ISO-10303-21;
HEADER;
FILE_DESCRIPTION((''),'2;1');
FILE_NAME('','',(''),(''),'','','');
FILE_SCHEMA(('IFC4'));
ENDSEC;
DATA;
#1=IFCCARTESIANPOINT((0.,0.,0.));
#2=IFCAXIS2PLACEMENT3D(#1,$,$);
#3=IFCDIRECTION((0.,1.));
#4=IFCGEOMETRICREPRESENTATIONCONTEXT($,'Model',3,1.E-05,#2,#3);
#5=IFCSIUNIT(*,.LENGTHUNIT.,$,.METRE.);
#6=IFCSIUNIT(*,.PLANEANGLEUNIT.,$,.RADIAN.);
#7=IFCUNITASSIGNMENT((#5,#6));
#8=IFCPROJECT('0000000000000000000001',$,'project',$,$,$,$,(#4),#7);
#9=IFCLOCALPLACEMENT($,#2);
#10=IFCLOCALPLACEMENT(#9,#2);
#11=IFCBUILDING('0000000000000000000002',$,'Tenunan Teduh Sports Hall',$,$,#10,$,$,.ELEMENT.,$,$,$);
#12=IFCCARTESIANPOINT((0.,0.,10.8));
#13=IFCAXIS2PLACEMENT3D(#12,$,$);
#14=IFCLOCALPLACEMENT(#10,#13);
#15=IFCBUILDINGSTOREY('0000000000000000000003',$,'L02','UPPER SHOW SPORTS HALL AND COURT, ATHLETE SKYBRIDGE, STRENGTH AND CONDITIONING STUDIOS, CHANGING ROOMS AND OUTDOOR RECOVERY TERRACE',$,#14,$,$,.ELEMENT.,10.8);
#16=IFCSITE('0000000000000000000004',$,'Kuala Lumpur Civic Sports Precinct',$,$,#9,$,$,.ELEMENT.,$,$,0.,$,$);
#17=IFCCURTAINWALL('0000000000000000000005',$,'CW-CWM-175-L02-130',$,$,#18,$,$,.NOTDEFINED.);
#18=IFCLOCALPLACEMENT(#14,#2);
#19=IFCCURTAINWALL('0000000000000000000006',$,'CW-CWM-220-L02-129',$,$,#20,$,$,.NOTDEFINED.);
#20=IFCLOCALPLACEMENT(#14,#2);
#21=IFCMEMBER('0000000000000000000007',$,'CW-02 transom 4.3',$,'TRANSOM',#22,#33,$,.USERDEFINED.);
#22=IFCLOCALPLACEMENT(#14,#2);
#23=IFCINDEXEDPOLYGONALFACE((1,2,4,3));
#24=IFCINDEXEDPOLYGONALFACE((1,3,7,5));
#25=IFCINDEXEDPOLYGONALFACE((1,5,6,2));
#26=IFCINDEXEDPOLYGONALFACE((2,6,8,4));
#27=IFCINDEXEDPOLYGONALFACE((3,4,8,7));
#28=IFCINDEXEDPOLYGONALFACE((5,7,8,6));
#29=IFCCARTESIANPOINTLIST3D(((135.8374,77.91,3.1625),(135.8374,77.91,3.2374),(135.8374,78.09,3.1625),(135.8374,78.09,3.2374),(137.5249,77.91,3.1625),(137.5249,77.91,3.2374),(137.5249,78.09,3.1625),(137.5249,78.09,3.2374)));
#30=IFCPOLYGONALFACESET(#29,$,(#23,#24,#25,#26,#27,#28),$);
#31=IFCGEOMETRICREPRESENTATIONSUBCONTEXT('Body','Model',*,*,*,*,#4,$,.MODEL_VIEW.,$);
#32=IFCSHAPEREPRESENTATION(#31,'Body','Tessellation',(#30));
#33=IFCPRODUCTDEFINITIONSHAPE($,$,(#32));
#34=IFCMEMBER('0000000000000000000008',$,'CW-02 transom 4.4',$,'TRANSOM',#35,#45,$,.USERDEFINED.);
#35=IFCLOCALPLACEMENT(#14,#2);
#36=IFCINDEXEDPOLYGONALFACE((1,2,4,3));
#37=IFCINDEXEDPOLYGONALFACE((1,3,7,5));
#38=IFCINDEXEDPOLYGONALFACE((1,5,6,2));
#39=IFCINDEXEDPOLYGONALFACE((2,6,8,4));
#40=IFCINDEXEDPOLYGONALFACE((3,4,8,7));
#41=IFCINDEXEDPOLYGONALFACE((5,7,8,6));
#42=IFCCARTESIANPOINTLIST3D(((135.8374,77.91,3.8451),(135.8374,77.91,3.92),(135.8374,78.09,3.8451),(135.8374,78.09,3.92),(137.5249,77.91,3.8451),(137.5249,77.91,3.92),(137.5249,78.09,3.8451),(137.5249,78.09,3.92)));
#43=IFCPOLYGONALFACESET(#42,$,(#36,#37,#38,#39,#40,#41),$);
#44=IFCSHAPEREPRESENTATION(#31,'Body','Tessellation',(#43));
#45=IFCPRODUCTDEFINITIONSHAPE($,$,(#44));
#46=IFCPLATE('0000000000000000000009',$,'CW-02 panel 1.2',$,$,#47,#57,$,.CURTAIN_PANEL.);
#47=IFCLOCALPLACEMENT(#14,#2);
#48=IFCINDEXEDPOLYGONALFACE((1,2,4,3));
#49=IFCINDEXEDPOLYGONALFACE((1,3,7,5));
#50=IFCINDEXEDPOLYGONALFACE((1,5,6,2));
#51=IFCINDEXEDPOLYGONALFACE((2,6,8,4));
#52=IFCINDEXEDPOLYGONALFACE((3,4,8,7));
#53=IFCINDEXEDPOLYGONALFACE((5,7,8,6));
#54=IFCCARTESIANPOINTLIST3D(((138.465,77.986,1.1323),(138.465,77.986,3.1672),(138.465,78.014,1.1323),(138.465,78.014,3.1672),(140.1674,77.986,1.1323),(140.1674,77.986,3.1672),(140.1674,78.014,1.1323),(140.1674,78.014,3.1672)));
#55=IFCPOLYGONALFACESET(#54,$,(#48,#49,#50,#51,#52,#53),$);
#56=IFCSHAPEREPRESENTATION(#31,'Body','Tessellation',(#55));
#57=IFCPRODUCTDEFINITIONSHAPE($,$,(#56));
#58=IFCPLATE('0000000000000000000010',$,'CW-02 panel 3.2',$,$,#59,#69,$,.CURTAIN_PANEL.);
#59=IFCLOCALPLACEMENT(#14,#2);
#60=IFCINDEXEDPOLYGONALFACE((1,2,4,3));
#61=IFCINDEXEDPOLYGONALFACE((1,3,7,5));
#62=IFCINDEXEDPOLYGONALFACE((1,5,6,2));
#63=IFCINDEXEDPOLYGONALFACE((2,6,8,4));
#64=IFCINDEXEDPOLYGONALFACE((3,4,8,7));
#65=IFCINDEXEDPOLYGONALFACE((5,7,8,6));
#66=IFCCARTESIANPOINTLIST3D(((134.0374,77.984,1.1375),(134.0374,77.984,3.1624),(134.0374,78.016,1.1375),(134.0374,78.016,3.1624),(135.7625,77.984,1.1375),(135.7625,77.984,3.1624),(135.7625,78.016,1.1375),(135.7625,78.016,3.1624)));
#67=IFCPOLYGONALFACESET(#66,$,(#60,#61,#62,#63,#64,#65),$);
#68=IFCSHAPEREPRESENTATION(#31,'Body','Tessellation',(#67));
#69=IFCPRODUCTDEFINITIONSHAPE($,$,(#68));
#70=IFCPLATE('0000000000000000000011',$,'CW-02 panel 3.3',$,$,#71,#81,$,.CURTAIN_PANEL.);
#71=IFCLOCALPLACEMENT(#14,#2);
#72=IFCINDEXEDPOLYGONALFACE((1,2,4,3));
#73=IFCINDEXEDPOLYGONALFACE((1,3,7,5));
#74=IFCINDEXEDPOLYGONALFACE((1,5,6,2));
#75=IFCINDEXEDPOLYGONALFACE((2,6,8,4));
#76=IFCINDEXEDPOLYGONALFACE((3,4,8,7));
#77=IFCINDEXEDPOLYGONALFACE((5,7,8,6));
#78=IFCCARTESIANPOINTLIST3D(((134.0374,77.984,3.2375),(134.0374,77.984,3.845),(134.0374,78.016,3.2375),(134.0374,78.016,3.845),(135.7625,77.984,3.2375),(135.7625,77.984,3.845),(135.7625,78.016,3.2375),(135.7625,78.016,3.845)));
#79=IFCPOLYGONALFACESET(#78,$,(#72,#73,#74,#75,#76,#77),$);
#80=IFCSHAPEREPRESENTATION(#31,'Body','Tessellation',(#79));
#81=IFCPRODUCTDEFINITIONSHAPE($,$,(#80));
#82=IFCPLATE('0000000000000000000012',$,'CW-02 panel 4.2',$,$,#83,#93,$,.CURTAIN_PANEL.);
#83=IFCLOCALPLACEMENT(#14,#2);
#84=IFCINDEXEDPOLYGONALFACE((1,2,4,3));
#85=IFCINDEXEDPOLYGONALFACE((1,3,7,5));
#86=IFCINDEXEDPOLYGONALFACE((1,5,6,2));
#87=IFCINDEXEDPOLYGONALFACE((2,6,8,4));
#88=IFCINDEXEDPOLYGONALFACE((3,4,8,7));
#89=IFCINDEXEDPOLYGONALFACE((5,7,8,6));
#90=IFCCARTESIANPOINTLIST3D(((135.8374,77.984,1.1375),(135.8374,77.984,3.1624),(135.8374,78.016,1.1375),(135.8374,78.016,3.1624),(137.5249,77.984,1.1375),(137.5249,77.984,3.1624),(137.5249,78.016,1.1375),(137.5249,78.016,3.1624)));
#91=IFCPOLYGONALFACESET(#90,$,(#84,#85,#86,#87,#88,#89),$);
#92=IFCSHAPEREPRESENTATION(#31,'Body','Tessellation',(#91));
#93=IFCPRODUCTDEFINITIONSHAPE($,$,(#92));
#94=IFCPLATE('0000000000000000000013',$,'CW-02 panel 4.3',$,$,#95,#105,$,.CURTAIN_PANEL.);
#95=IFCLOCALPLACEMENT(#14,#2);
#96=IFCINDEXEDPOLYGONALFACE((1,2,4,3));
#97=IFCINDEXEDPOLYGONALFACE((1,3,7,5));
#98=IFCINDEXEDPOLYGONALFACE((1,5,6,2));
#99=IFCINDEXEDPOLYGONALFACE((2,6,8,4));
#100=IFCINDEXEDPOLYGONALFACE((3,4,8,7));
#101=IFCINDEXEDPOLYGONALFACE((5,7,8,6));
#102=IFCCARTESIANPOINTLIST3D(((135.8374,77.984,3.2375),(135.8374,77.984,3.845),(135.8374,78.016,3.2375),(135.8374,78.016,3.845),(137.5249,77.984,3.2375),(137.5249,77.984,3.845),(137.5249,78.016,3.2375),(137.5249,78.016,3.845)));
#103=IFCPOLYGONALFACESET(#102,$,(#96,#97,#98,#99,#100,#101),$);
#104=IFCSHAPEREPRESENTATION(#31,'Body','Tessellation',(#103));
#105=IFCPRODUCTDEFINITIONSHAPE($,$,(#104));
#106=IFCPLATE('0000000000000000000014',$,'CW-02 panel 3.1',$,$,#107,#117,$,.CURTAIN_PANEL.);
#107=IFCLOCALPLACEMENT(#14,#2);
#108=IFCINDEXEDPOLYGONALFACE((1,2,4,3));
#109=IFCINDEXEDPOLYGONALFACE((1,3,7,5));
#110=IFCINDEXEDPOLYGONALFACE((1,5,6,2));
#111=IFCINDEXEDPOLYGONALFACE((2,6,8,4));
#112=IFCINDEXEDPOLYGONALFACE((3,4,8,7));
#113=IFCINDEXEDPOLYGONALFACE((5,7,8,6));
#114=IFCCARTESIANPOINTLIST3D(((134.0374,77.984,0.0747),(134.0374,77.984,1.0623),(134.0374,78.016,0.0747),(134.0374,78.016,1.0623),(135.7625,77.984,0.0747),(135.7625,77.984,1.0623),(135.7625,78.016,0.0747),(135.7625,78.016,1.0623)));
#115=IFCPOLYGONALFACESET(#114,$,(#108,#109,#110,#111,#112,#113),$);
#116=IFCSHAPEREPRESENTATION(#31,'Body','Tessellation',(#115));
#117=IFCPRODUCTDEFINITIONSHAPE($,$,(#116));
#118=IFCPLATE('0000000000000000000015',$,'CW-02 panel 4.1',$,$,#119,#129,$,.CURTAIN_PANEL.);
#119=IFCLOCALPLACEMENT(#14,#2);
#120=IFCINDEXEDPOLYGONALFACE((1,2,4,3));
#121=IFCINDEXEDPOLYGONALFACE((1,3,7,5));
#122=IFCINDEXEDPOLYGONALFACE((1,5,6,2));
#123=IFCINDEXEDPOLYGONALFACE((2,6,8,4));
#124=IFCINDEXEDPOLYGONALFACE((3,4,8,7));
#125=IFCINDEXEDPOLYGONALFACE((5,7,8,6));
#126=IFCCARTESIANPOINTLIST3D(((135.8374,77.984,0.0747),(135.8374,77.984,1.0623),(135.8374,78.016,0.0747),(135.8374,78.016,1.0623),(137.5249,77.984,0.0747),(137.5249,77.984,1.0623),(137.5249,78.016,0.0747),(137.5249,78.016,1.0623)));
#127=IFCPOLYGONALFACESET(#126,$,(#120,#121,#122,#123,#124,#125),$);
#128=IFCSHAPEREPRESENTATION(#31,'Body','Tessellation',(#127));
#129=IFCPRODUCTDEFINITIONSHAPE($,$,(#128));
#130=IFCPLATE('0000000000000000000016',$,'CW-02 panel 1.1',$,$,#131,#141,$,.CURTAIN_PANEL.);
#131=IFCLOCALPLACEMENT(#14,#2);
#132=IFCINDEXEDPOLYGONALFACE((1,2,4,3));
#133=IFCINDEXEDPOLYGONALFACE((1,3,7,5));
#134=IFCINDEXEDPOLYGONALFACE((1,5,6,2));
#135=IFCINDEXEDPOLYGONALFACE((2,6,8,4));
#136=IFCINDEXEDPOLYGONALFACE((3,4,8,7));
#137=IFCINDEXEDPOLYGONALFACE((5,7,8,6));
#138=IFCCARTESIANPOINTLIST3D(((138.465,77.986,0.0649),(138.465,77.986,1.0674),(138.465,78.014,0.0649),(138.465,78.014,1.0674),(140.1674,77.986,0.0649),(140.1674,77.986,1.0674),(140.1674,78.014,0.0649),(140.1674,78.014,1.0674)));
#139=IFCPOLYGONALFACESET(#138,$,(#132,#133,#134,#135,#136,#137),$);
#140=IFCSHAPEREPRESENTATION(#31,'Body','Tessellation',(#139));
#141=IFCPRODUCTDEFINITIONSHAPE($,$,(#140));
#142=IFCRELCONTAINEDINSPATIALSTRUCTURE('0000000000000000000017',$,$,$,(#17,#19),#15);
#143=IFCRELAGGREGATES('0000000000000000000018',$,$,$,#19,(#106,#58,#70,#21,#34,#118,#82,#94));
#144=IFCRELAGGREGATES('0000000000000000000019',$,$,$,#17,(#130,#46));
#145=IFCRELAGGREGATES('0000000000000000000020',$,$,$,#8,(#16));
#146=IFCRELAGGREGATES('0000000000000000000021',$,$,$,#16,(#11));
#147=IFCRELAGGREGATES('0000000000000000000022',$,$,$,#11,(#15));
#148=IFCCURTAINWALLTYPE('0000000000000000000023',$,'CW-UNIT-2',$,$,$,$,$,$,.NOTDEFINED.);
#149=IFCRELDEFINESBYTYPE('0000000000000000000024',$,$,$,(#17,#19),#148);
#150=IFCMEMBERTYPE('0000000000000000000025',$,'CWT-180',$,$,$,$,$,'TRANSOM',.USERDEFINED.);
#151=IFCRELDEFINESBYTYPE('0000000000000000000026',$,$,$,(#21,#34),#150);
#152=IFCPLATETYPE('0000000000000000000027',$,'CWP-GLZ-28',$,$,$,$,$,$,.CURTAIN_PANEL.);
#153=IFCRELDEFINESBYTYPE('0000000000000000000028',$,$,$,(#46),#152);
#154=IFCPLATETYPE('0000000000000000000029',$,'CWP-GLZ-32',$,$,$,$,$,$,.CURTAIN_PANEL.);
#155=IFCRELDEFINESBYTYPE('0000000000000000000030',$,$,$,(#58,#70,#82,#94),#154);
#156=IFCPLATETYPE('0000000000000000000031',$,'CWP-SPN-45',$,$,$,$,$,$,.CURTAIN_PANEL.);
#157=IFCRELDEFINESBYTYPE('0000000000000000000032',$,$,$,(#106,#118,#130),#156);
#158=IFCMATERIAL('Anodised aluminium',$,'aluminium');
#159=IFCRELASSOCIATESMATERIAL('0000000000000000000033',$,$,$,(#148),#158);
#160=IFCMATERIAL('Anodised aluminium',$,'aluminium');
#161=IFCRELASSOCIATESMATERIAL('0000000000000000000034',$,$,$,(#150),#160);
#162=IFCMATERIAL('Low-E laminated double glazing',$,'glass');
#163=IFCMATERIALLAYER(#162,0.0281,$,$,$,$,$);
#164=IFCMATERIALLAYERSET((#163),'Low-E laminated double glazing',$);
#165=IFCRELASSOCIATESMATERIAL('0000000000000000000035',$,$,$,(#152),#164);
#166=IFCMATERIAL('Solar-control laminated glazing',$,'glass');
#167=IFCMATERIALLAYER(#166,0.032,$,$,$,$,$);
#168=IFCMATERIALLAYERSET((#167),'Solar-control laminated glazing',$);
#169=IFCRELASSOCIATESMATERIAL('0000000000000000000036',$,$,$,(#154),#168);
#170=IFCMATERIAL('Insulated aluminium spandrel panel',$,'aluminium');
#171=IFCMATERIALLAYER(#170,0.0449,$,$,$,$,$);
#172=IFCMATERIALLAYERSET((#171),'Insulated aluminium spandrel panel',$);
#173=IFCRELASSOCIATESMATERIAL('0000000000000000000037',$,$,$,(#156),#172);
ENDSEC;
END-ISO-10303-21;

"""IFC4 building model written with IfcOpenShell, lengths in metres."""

from ifc_helpers import new_model, si_unit, direction, frame, origin, origin_2d, place, context, subcontext, project, spatial, rectangle, extrude, material, layer, layer_set, material_profile, profile_set, type_object, element, aggregate, save


model = new_model("IFC4")

# Units and contexts
model_context = context("Model", 3, precision=1e-05, world=origin(), true_north=direction((0.0, 1.0)))
body_context = subcontext(model_context, "Body", "Model", "MODEL_VIEW")
ifc_project = project(units=[si_unit("LENGTHUNIT", "METRE"), si_unit("PLANEANGLEUNIT", "RADIAN")], contexts=[model_context])

# Site, building, storey
site_placement = place(None, origin())
site = spatial("IfcSite", under=ifc_project, at=site_placement, Name="Kuala Lumpur Civic Sports Precinct", CompositionType="ELEMENT", RefElevation=0.0)
building_placement = place(site_placement, origin())
building = spatial("IfcBuilding", under=site, at=building_placement, Name="Tenunan Teduh Sports Hall", CompositionType="ELEMENT")
storey_placement = place(building_placement, frame((0.0, 0.0, 10.8)))
storey = spatial("IfcBuildingStorey", under=building, at=storey_placement, Name="L02", Description="UPPER SHOW SPORTS HALL AND COURT, ATHLETE SKYBRIDGE, STRENGTH AND CONDITIONING STUDIOS, CHANGING ROOMS AND OUTDOOR RECOVERY TERRACE", CompositionType="ELEMENT", Elevation=10.8)

# Curtain wall
ifc_material_1 = material(Name="Anodised aluminium", Category="aluminium")
curtain_wall_type = type_object("IfcCurtainWallType", Name="CW-UNIT-2", PredefinedType="NOTDEFINED", material=ifc_material_1)
curtain_wall_1_placement = place(storey_placement, origin())
curtain_wall_1 = element("IfcCurtainWall", 1, at=curtain_wall_1_placement, inside=storey, type_object=curtain_wall_type, Name="CW-CWM-175-L02-130", PredefinedType="NOTDEFINED")

# Curtain wall
curtain_wall_2_placement = place(storey_placement, origin())
curtain_wall_2 = element("IfcCurtainWall", 2, at=curtain_wall_2_placement, inside=storey, type_object=curtain_wall_type, Name="CW-CWM-220-L02-129", PredefinedType="NOTDEFINED")

# Members
ifc_material_2 = material(Name="Anodised aluminium", Category="aluminium")
ifc_material_profile_1 = material_profile(ifc_material_2, rectangle(XDim=0.075, YDim=0.1799, at=origin_2d()), Name="CWT 75x180")
ifc_profile_set_1 = profile_set([ifc_material_profile_1], Name="Anodised aluminium")
member_type_1 = type_object("IfcMemberType", Name="CWT-180", ElementType="TRANSOM", PredefinedType="USERDEFINED", material=ifc_profile_set_1)
member_1_placement = place(storey_placement, frame((135.8374, 78.0, 3.2), z_axis=(1.0, 0.0, 0.0), x_axis=(0.0, 0.0, 1.0)))
member_1 = element("IfcMember", 3, at=member_1_placement, type_object=member_type_1, Name="CW-02 transom 4.3", ObjectType="TRANSOM", PredefinedType="USERDEFINED", context=body_context, shape_type="SweptSolid", body=[
    extrude(rectangle(XDim=0.075, YDim=0.1799, at=origin_2d()), origin(), (0.0, 0.0, 1.0), 1.6875),
])
member_2_placement = place(storey_placement, frame((135.8374, 78.0, 3.8826), z_axis=(1.0, 0.0, 0.0), x_axis=(0.0, 0.0, 1.0)))
member_2 = element("IfcMember", 4, at=member_2_placement, type_object=member_type_1, Name="CW-02 transom 4.4", ObjectType="TRANSOM", PredefinedType="USERDEFINED", context=body_context, shape_type="SweptSolid", body=[
    extrude(rectangle(XDim=0.075, YDim=0.1799, at=origin_2d()), origin(), (0.0, 0.0, 1.0), 1.6875),
])

# Plates
ifc_material_3 = material(Name="Low-E laminated double glazing", Category="glass")
ifc_layer_1 = layer(ifc_material_3, 0.0281)
ifc_layer_set_1 = layer_set([ifc_layer_1], Name="Low-E laminated double glazing")
plate_type_1 = type_object("IfcPlateType", Name="CWP-GLZ-28", PredefinedType="CURTAIN_PANEL", material=ifc_layer_set_1)
plate_1_placement = place(storey_placement, frame((139.3162, 78.0, 1.1323), z_axis=(0.0, 0.0, 1.0), x_axis=(1.0, 0.0, 0.0)))
plate_1 = element("IfcPlate", 5, at=plate_1_placement, type_object=plate_type_1, Name="CW-02 panel 1.2", PredefinedType="CURTAIN_PANEL", context=body_context, shape_type="SweptSolid", body=[
    extrude(rectangle(XDim=1.7024, YDim=0.0281, at=origin_2d()), origin(), (0.0, 0.0, 1.0), 2.0349),
])
ifc_material_4 = material(Name="Solar-control laminated glazing", Category="glass")
ifc_layer_2 = layer(ifc_material_4, 0.032)
ifc_layer_set_2 = layer_set([ifc_layer_2], Name="Solar-control laminated glazing")
plate_type_2 = type_object("IfcPlateType", Name="CWP-GLZ-32", PredefinedType="CURTAIN_PANEL", material=ifc_layer_set_2)
plate_2_placement = place(storey_placement, frame((134.8999, 78.0, 1.1375), z_axis=(0.0, 0.0, 1.0), x_axis=(1.0, 0.0, 0.0)))
plate_2 = element("IfcPlate", 6, at=plate_2_placement, type_object=plate_type_2, Name="CW-02 panel 3.2", PredefinedType="CURTAIN_PANEL", context=body_context, shape_type="SweptSolid", body=[
    extrude(rectangle(XDim=1.7251, YDim=0.032, at=origin_2d()), origin(), (0.0, 0.0, 1.0), 2.0249),
])
plate_3_placement = place(storey_placement, frame((134.8999, 78.0, 3.2375), z_axis=(0.0, 0.0, 1.0), x_axis=(1.0, 0.0, 0.0)))
plate_3 = element("IfcPlate", 7, at=plate_3_placement, type_object=plate_type_2, Name="CW-02 panel 3.3", PredefinedType="CURTAIN_PANEL", context=body_context, shape_type="SweptSolid", body=[
    extrude(rectangle(XDim=1.7251, YDim=0.032, at=origin_2d()), origin(), (0.0, 0.0, 1.0), 0.6074),
])
plate_4_placement = place(storey_placement, frame((136.6812, 78.0, 1.1375), z_axis=(0.0, 0.0, 1.0), x_axis=(1.0, 0.0, 0.0)))
plate_4 = element("IfcPlate", 8, at=plate_4_placement, type_object=plate_type_2, Name="CW-02 panel 4.2", PredefinedType="CURTAIN_PANEL", context=body_context, shape_type="SweptSolid", body=[
    extrude(rectangle(XDim=1.6875, YDim=0.032, at=origin_2d()), origin(), (0.0, 0.0, 1.0), 2.0249),
])
plate_5_placement = place(storey_placement, frame((136.6812, 78.0, 3.2375), z_axis=(0.0, 0.0, 1.0), x_axis=(1.0, 0.0, 0.0)))
plate_5 = element("IfcPlate", 9, at=plate_5_placement, type_object=plate_type_2, Name="CW-02 panel 4.3", PredefinedType="CURTAIN_PANEL", context=body_context, shape_type="SweptSolid", body=[
    extrude(rectangle(XDim=1.6875, YDim=0.032, at=origin_2d()), origin(), (0.0, 0.0, 1.0), 0.6074),
])
ifc_material_5 = material(Name="Insulated aluminium spandrel panel", Category="aluminium")
ifc_layer_3 = layer(ifc_material_5, 0.0449)
ifc_layer_set_3 = layer_set([ifc_layer_3], Name="Insulated aluminium spandrel panel")
plate_type_3 = type_object("IfcPlateType", Name="CWP-SPN-45", PredefinedType="CURTAIN_PANEL", material=ifc_layer_set_3)
plate_6_placement = place(storey_placement, frame((134.8999, 78.0, 0.0747), z_axis=(0.0, 0.0, 1.0), x_axis=(1.0, 0.0, 0.0)))
plate_6 = element("IfcPlate", 10, at=plate_6_placement, type_object=plate_type_3, Name="CW-02 panel 3.1", PredefinedType="CURTAIN_PANEL", context=body_context, shape_type="SweptSolid", body=[
    extrude(rectangle(XDim=1.7251, YDim=0.032, at=origin_2d()), origin(), (0.0, 0.0, 1.0), 0.9875),
])
plate_7_placement = place(storey_placement, frame((136.6812, 78.0, 0.0747), z_axis=(0.0, 0.0, 1.0), x_axis=(1.0, 0.0, 0.0)))
plate_7 = element("IfcPlate", 11, at=plate_7_placement, type_object=plate_type_3, Name="CW-02 panel 4.1", PredefinedType="CURTAIN_PANEL", context=body_context, shape_type="SweptSolid", body=[
    extrude(rectangle(XDim=1.6875, YDim=0.032, at=origin_2d()), origin(), (0.0, 0.0, 1.0), 0.9875),
])
aggregate(curtain_wall_2, [plate_6, plate_2, plate_3, member_1, member_2, plate_7, plate_4, plate_5])
plate_8_placement = place(storey_placement, frame((139.3162, 78.0, 0.0649), z_axis=(0.0, 0.0, 1.0), x_axis=(1.0, 0.0, 0.0)))
plate_8 = element("IfcPlate", 12, at=plate_8_placement, type_object=plate_type_3, Name="CW-02 panel 1.1", PredefinedType="CURTAIN_PANEL", context=body_context, shape_type="SweptSolid", body=[
    extrude(rectangle(XDim=1.7024, YDim=0.0281, at=origin_2d()), origin(), (0.0, 0.0, 1.0), 1.0024),
])
aggregate(curtain_wall_1, [plate_8, plate_1])

save(model, "model.ifc")
